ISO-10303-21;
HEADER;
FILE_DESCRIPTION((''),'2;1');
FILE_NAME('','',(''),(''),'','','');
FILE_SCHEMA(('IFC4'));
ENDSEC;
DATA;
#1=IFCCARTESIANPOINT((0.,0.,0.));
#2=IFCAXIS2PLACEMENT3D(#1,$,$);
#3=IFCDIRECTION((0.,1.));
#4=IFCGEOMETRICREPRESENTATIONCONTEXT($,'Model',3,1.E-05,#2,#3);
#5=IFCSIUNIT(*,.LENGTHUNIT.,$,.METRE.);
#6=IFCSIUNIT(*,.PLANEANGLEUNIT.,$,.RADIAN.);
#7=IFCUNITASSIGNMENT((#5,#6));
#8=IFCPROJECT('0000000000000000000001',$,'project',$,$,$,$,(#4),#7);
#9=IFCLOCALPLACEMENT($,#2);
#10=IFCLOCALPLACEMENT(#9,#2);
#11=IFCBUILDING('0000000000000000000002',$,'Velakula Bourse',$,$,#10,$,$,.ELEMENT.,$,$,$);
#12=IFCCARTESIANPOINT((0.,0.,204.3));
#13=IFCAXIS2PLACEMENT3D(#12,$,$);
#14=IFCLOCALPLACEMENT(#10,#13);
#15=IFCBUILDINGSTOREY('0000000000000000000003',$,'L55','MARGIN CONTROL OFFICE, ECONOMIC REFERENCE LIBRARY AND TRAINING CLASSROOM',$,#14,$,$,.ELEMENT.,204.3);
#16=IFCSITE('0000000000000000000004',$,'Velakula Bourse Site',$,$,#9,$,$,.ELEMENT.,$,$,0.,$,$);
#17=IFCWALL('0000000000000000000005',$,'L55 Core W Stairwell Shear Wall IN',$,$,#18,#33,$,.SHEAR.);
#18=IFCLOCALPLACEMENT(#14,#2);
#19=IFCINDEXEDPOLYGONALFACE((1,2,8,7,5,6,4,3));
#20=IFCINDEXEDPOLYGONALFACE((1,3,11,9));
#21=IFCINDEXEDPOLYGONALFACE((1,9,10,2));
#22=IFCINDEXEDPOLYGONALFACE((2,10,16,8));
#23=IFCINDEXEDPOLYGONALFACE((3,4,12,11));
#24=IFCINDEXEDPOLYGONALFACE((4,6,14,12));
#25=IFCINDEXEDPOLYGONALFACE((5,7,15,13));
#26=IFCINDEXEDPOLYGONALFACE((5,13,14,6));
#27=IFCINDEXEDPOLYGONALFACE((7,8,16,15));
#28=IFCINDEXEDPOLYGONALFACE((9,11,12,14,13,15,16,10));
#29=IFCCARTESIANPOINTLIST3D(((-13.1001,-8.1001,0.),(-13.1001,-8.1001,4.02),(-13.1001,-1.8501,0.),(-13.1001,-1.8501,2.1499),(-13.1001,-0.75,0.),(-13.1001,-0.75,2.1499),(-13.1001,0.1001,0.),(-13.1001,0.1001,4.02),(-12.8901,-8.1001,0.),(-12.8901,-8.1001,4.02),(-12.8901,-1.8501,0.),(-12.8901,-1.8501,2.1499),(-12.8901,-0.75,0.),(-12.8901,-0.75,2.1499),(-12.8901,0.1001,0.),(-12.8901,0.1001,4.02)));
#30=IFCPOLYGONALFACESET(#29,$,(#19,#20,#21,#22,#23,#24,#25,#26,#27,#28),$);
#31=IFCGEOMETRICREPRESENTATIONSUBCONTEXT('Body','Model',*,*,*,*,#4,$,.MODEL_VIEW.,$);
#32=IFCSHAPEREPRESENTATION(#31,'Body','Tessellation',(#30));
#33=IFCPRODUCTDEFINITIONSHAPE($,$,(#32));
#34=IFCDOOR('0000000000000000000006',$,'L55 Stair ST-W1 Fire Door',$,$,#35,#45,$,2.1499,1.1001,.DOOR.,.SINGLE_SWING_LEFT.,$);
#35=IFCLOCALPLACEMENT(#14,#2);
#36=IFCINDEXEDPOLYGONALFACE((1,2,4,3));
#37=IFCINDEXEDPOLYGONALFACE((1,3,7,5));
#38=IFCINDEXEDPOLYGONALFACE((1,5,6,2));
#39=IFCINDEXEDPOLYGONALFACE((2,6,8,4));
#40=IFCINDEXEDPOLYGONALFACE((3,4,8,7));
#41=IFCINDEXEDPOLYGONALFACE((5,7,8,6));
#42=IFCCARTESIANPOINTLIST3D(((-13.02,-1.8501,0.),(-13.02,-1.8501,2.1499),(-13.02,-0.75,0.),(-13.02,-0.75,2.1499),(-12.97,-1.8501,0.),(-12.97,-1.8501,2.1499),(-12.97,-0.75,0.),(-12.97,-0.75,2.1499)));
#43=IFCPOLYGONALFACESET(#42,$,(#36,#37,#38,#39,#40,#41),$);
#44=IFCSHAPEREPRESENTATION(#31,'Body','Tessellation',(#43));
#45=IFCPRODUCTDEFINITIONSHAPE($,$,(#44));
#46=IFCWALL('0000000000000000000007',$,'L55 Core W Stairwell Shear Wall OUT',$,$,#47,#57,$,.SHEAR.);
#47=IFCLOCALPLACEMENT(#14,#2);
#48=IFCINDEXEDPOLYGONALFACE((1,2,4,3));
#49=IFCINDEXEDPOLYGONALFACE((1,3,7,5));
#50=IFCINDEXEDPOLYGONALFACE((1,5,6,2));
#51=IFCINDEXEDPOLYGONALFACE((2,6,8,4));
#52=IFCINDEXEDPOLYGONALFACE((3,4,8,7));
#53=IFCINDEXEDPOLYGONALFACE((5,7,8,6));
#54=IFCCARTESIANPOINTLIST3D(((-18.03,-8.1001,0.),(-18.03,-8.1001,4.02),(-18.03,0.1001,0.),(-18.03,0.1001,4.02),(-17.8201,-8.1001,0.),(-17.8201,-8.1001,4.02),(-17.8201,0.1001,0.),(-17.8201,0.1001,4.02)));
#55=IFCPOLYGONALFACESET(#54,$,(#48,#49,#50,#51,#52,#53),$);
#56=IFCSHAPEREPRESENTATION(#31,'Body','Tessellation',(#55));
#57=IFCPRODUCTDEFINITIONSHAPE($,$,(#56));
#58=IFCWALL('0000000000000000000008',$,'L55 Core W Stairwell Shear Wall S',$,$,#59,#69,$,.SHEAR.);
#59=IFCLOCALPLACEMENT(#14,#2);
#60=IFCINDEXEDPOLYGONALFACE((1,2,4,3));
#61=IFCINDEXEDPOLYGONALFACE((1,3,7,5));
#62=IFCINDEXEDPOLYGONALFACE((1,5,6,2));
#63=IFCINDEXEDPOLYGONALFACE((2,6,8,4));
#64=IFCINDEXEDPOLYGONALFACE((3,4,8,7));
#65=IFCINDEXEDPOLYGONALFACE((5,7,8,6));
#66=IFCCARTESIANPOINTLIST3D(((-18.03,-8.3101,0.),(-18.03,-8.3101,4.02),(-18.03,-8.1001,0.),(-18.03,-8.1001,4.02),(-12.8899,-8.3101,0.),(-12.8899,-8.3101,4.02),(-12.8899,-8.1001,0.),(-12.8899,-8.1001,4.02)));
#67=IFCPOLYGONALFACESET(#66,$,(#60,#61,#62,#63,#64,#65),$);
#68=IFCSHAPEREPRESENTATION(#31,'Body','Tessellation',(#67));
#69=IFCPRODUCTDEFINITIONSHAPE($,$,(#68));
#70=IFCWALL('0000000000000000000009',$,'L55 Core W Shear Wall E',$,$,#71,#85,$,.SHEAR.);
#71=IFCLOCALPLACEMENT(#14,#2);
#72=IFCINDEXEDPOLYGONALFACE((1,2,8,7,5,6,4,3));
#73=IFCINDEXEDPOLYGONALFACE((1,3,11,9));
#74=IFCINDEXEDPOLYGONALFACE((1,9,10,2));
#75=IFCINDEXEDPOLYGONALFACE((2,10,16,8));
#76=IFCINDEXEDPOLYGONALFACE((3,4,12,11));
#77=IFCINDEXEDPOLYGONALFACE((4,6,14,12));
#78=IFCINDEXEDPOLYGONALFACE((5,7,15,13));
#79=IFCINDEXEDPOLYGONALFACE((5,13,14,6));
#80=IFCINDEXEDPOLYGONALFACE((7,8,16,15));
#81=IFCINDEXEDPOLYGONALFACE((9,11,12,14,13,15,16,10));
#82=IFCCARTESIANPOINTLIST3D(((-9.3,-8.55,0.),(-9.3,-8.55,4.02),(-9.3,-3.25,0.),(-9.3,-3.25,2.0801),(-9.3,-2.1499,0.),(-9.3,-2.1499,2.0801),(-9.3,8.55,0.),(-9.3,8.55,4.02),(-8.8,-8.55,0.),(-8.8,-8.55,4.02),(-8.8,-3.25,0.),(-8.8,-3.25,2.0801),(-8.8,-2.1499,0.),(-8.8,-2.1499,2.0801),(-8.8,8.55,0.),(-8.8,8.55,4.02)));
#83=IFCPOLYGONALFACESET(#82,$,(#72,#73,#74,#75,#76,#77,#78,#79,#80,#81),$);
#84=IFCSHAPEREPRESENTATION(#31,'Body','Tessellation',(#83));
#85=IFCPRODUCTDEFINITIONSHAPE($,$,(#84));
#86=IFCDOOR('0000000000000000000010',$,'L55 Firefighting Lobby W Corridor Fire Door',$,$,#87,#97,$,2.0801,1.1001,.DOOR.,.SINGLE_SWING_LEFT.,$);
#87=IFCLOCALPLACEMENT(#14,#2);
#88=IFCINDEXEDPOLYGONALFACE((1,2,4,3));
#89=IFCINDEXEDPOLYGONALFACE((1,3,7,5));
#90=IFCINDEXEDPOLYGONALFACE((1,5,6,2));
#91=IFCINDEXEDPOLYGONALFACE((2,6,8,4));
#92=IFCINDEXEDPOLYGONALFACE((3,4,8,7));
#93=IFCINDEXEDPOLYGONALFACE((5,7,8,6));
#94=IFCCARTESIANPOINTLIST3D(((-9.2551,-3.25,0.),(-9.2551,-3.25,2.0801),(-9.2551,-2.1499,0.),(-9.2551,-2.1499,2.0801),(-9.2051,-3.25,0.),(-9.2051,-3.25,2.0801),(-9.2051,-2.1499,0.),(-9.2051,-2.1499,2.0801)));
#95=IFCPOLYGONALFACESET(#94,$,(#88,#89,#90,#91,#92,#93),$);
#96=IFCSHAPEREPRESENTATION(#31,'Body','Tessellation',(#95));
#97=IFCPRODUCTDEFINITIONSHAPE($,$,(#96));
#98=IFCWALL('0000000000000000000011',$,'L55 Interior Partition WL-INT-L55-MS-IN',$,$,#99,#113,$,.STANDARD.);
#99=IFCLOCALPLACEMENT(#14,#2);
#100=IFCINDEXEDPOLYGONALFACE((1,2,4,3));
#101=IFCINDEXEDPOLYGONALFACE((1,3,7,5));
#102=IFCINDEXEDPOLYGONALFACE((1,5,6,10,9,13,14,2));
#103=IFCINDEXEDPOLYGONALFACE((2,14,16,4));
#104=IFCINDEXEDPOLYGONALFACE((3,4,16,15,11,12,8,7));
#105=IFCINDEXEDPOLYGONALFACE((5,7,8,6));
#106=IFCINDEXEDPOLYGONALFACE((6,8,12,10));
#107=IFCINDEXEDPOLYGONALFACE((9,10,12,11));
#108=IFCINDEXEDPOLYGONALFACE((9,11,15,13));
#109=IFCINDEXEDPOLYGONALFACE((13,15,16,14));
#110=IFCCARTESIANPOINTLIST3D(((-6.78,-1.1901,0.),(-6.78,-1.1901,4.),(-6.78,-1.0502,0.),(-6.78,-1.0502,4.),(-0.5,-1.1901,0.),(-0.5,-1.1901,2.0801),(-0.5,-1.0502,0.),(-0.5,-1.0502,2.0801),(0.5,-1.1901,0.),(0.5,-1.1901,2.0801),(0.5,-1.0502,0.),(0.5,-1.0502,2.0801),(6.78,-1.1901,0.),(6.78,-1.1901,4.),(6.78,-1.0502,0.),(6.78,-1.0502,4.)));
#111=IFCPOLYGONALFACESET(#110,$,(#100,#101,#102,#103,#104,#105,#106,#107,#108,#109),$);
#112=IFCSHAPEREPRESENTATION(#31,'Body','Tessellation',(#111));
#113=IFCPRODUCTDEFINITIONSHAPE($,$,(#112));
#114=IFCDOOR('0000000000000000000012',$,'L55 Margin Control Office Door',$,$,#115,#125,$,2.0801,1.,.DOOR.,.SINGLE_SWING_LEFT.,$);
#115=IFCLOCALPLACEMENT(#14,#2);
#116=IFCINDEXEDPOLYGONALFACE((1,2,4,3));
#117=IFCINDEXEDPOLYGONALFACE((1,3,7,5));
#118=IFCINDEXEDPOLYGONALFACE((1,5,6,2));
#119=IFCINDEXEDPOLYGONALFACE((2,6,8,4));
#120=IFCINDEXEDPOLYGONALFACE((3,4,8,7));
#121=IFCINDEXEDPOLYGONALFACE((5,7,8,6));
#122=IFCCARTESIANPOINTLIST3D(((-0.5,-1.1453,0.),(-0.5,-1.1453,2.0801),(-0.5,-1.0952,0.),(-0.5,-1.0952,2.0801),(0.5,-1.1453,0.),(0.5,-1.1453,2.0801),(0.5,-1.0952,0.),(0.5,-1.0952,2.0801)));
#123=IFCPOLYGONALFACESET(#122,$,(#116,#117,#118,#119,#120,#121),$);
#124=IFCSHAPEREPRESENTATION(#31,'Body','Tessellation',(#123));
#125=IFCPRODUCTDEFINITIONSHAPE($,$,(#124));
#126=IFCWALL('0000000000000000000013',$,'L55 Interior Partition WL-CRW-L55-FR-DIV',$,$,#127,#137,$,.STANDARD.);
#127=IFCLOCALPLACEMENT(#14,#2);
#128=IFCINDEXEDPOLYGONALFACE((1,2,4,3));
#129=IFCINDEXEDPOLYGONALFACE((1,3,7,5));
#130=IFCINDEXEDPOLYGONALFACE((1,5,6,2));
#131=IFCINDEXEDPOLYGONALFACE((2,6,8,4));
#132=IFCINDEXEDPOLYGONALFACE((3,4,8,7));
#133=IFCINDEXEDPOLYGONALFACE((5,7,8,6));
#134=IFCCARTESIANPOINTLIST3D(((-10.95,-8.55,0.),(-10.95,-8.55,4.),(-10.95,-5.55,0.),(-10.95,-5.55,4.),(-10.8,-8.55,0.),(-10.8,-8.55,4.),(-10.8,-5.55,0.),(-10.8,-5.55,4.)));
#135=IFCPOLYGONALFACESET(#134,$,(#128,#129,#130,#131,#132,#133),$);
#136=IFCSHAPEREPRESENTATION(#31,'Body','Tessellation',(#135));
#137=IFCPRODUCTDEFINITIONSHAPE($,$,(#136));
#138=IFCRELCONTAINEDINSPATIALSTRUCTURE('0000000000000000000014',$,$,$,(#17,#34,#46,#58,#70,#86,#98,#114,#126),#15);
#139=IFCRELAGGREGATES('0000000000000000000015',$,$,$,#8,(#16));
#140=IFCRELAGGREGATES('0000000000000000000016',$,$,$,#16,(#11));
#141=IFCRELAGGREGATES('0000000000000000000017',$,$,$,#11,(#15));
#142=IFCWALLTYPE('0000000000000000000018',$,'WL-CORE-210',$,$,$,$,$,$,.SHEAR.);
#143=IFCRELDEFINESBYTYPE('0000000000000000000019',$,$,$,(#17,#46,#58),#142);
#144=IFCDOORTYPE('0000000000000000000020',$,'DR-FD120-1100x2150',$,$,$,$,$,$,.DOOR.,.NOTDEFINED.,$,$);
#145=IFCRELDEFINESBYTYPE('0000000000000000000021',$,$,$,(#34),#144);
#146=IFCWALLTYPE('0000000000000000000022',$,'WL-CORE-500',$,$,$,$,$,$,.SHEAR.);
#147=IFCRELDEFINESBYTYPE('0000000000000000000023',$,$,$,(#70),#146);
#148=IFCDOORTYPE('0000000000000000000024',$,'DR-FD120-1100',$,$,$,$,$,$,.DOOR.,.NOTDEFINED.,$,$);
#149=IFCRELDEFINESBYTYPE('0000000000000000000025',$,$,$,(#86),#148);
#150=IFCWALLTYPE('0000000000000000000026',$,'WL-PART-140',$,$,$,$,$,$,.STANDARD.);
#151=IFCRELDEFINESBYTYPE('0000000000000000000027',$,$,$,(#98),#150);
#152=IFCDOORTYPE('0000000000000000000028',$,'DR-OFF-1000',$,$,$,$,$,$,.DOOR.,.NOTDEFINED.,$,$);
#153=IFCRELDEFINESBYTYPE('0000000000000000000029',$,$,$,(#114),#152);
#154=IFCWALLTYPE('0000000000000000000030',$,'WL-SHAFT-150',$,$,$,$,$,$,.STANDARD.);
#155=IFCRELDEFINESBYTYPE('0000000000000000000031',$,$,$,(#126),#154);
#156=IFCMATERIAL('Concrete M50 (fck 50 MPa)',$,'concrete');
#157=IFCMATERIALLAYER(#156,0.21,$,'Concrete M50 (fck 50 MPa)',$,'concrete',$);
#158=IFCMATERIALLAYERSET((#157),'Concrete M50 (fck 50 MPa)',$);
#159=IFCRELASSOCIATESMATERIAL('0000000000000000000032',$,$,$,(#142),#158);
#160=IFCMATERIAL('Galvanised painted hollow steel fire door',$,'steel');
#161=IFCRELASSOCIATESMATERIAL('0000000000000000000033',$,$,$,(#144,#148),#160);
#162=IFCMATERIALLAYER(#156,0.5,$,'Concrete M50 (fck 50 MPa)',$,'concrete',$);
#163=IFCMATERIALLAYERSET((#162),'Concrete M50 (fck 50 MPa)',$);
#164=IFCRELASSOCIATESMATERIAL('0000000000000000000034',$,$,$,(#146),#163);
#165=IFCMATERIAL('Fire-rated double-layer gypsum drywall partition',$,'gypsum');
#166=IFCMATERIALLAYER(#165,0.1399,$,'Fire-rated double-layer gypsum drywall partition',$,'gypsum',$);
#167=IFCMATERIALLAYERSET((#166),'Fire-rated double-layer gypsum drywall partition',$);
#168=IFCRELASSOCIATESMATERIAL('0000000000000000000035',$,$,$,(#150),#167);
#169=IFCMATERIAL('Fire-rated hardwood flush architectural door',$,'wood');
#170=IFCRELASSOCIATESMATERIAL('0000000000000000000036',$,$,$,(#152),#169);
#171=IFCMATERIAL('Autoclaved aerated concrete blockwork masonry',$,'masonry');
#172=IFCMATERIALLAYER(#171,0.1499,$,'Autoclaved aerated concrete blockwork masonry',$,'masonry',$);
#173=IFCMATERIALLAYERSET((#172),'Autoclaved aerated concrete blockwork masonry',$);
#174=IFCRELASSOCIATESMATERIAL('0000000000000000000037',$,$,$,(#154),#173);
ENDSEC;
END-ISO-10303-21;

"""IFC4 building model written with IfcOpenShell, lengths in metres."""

from ifc_helpers import new_model, si_unit, direction, frame, frame_2d, origin, place, context, subcontext, project, spatial, rectangle, extrude, material, layer, layer_set, type_object, element, fill, save


model = new_model("IFC4")

# Units and contexts
model_context = context("Model", 3, precision=1e-05, world=origin(), true_north=direction((0.0, 1.0)))
body_context = subcontext(model_context, "Body", "Model", "MODEL_VIEW")
ifc_project = project(units=[si_unit("LENGTHUNIT", "METRE"), si_unit("PLANEANGLEUNIT", "RADIAN")], contexts=[model_context])

# Site, building, storey
site_placement = place(None, origin())
site = spatial("IfcSite", under=ifc_project, at=site_placement, Name="Velakula Bourse Site", CompositionType="ELEMENT", RefElevation=0.0)
building_placement = place(site_placement, origin())
building = spatial("IfcBuilding", under=site, at=building_placement, Name="Velakula Bourse", CompositionType="ELEMENT")
storey_placement = place(building_placement, frame((0.0, 0.0, 204.3)))
storey = spatial("IfcBuildingStorey", under=building, at=storey_placement, Name="L55", Description="MARGIN CONTROL OFFICE, ECONOMIC REFERENCE LIBRARY AND TRAINING CLASSROOM", CompositionType="ELEMENT", Elevation=204.3)

# Shared definitions
ifc_material_1 = material(Name="Concrete M50 (fck 50 MPa)", Category="concrete")

# Wall, opening, door
ifc_layer_1 = layer(ifc_material_1, 0.21, Name="Concrete M50 (fck 50 MPa)", Category="concrete")
ifc_layer_set_1 = layer_set([ifc_layer_1], Name="Concrete M50 (fck 50 MPa)")
wall_type_1 = type_object("IfcWallType", Name="WL-CORE-210", PredefinedType="SHEAR", material=ifc_layer_set_1)
wall_1_placement = place(storey_placement, frame((-12.9951, -8.1001, 0.0), z_axis=(0.0, 0.0, 1.0), x_axis=(0.0, 1.0, 0.0)))
wall_1 = element("IfcWall", 1, at=wall_1_placement, inside=storey, type_object=wall_type_1, Name="L55 Core W Stairwell Shear Wall IN", PredefinedType="SHEAR", context=body_context, shape_type="SweptSolid", body=[
    extrude(rectangle(XDim=8.2002, YDim=0.21, at=frame_2d((4.1001, 0.0))), origin(), (0.0, 0.0, 1.0), 4.02),
])
opening_1_placement = place(wall_1_placement, frame((6.25, 0.0, 0.0)))
opening_1 = element("IfcOpeningElement", 2, at=opening_1_placement, cuts=wall_1, PredefinedType="OPENING", context=body_context, shape_type="SweptSolid", body=[
    extrude(rectangle(XDim=1.1001, YDim=2.1499, at=frame_2d((0.55, 1.075))), frame((0.0, 0.115, 0.0), z_axis=(0.0, -1.0, 0.0), x_axis=(1.0, 0.0, 0.0)), (0.0, 0.0, 1.0), 0.23),
])
ifc_material_2 = material(Name="Galvanised painted hollow steel fire door", Category="steel")
door_type_1 = type_object("IfcDoorType", Name="DR-FD120-1100x2150", OperationType="NOTDEFINED", PredefinedType="DOOR", material=ifc_material_2)
door_1_placement = place(opening_1_placement, origin())
door_1 = element("IfcDoor", 3, at=door_1_placement, inside=storey, type_object=door_type_1, Name="L55 Stair ST-W1 Fire Door", OperationType="SINGLE_SWING_LEFT", OverallHeight=2.1499, OverallWidth=1.1001, PredefinedType="DOOR", context=body_context, shape_type="SweptSolid", body=[
    extrude(rectangle(XDim=1.1001, YDim=2.1499, at=frame_2d((0.55, 1.075))), frame((0.0, 0.0249, 0.0), z_axis=(0.0, -1.0, 0.0), x_axis=(1.0, 0.0, 0.0)), (0.0, 0.0, 1.0), 0.05),
])
fill(opening_1, door_1)

# Walls
wall_2_placement = place(storey_placement, frame((-17.925, -8.1001, 0.0), z_axis=(0.0, 0.0, 1.0), x_axis=(0.0, 1.0, 0.0)))
element("IfcWall", 4, at=wall_2_placement, inside=storey, type_object=wall_type_1, Name="L55 Core W Stairwell Shear Wall OUT", PredefinedType="SHEAR", context=body_context, shape_type="SweptSolid", body=[
    extrude(rectangle(XDim=8.2002, YDim=0.21, at=frame_2d((4.1001, 0.0))), origin(), (0.0, 0.0, 1.0), 4.02),
])
wall_3_placement = place(storey_placement, frame((-18.03, -8.2051, 0.0), z_axis=(0.0, 0.0, 1.0), x_axis=(1.0, 0.0, 0.0)))
element("IfcWall", 5, at=wall_3_placement, inside=storey, type_object=wall_type_1, Name="L55 Core W Stairwell Shear Wall S", PredefinedType="SHEAR", context=body_context, shape_type="SweptSolid", body=[
    extrude(rectangle(XDim=5.1401, YDim=0.21, at=frame_2d((2.5701, 0.0))), origin(), (0.0, 0.0, 1.0), 4.02),
])

# Walls, openings, doors
ifc_layer_2 = layer(ifc_material_1, 0.5, Name="Concrete M50 (fck 50 MPa)", Category="concrete")
ifc_layer_set_2 = layer_set([ifc_layer_2], Name="Concrete M50 (fck 50 MPa)")
wall_type_2 = type_object("IfcWallType", Name="WL-CORE-500", PredefinedType="SHEAR", material=ifc_layer_set_2)
wall_4_placement = place(storey_placement, frame((-9.05, -8.55, 0.0), z_axis=(0.0, 0.0, 1.0), x_axis=(0.0, 1.0, 0.0)))
wall_4 = element("IfcWall", 6, at=wall_4_placement, inside=storey, type_object=wall_type_2, Name="L55 Core W Shear Wall E", PredefinedType="SHEAR", context=body_context, shape_type="SweptSolid", body=[
    extrude(rectangle(XDim=17.1001, YDim=0.5, at=frame_2d((8.55, 0.0))), origin(), (0.0, 0.0, 1.0), 4.02),
])
opening_2_placement = place(wall_4_placement, frame((5.3, 0.0, 0.0)))
opening_2 = element("IfcOpeningElement", 7, at=opening_2_placement, cuts=wall_4, PredefinedType="OPENING", context=body_context, shape_type="SweptSolid", body=[
    extrude(rectangle(XDim=1.1001, YDim=2.0801, at=frame_2d((0.55, 1.04))), frame((0.0, 0.26, 0.0), z_axis=(0.0, -1.0, 0.0), x_axis=(1.0, 0.0, 0.0)), (0.0, 0.0, 1.0), 0.52),
])
door_type_2 = type_object("IfcDoorType", Name="DR-FD120-1100", OperationType="NOTDEFINED", PredefinedType="DOOR", material=ifc_material_2)
door_2_placement = place(opening_2_placement, origin())
door_2 = element("IfcDoor", 8, at=door_2_placement, inside=storey, type_object=door_type_2, Name="L55 Firefighting Lobby W Corridor Fire Door", OperationType="SINGLE_SWING_LEFT", OverallHeight=2.0801, OverallWidth=1.1001, PredefinedType="DOOR", context=body_context, shape_type="SweptSolid", body=[
    extrude(rectangle(XDim=1.1001, YDim=2.0801, at=frame_2d((0.55, 1.04))), frame((0.0, 0.2051, 0.0), z_axis=(0.0, -1.0, 0.0), x_axis=(1.0, 0.0, 0.0)), (0.0, 0.0, 1.0), 0.05),
])
fill(opening_2, door_2)
ifc_material_3 = material(Name="Fire-rated double-layer gypsum drywall partition", Category="gypsum")
ifc_layer_3 = layer(ifc_material_3, 0.1399, Name="Fire-rated double-layer gypsum drywall partition", Category="gypsum")
ifc_layer_set_3 = layer_set([ifc_layer_3], Name="Fire-rated double-layer gypsum drywall partition")
wall_type_3 = type_object("IfcWallType", Name="WL-PART-140", PredefinedType="STANDARD", material=ifc_layer_set_3)
wall_5_placement = place(storey_placement, frame((-6.78, -1.1201, 0.0), z_axis=(0.0, 0.0, 1.0), x_axis=(1.0, 0.0, 0.0)))
wall_5 = element("IfcWall", 9, at=wall_5_placement, inside=storey, type_object=wall_type_3, Name="L55 Interior Partition WL-INT-L55-MS-IN", PredefinedType="STANDARD", context=body_context, shape_type="SweptSolid", body=[
    extrude(rectangle(XDim=13.5601, YDim=0.1399, at=frame_2d((6.78, 0.0))), origin(), (0.0, 0.0, 1.0), 4.0),
])
opening_3_placement = place(wall_5_placement, frame((6.28, 0.0, 0.0)))
opening_3 = element("IfcOpeningElement", 10, at=opening_3_placement, cuts=wall_5, PredefinedType="OPENING", context=body_context, shape_type="SweptSolid", body=[
    extrude(rectangle(XDim=1.0, YDim=2.0801, at=frame_2d((0.5, 1.04))), frame((0.0, 0.0798, 0.0), z_axis=(0.0, -1.0, 0.0), x_axis=(1.0, 0.0, 0.0)), (0.0, 0.0, 1.0), 0.1599),
])
ifc_material_4 = material(Name="Fire-rated hardwood flush architectural door", Category="wood")
door_type_3 = type_object("IfcDoorType", Name="DR-OFF-1000", OperationType="NOTDEFINED", PredefinedType="DOOR", material=ifc_material_4)
door_3_placement = place(opening_3_placement, origin())
door_3 = element("IfcDoor", 11, at=door_3_placement, inside=storey, type_object=door_type_3, Name="L55 Margin Control Office Door", OperationType="SINGLE_SWING_LEFT", OverallHeight=2.0801, OverallWidth=1.0, PredefinedType="DOOR", context=body_context, shape_type="SweptSolid", body=[
    extrude(rectangle(XDim=1.0, YDim=2.0801, at=frame_2d((0.5, 1.04))), frame((0.0, 0.0249, 0.0), z_axis=(0.0, -1.0, 0.0), x_axis=(1.0, 0.0, 0.0)), (0.0, 0.0, 1.0), 0.05),
])
fill(opening_3, door_3)

# Shared definitions
ifc_material_5 = material(Name="Autoclaved aerated concrete blockwork masonry", Category="masonry")
ifc_layer_4 = layer(ifc_material_5, 0.1499, Name="Autoclaved aerated concrete blockwork masonry", Category="masonry")
ifc_layer_set_4 = layer_set([ifc_layer_4], Name="Autoclaved aerated concrete blockwork masonry")
wall_type_4 = type_object("IfcWallType", Name="WL-SHAFT-150", PredefinedType="STANDARD", material=ifc_layer_set_4)

# Wall
wall_6_placement = place(storey_placement, frame((-10.875, -8.55, 0.0), z_axis=(0.0, 0.0, 1.0), x_axis=(0.0, 1.0, 0.0)))
element("IfcWall", 12, at=wall_6_placement, inside=storey, type_object=wall_type_4, Name="L55 Interior Partition WL-CRW-L55-FR-DIV", PredefinedType="STANDARD", context=body_context, shape_type="SweptSolid", body=[
    extrude(rectangle(XDim=3.0, YDim=0.1499, at=frame_2d((1.5, 0.0))), origin(), (0.0, 0.0, 1.0), 4.0),
])

save(model, "model.ifc")
